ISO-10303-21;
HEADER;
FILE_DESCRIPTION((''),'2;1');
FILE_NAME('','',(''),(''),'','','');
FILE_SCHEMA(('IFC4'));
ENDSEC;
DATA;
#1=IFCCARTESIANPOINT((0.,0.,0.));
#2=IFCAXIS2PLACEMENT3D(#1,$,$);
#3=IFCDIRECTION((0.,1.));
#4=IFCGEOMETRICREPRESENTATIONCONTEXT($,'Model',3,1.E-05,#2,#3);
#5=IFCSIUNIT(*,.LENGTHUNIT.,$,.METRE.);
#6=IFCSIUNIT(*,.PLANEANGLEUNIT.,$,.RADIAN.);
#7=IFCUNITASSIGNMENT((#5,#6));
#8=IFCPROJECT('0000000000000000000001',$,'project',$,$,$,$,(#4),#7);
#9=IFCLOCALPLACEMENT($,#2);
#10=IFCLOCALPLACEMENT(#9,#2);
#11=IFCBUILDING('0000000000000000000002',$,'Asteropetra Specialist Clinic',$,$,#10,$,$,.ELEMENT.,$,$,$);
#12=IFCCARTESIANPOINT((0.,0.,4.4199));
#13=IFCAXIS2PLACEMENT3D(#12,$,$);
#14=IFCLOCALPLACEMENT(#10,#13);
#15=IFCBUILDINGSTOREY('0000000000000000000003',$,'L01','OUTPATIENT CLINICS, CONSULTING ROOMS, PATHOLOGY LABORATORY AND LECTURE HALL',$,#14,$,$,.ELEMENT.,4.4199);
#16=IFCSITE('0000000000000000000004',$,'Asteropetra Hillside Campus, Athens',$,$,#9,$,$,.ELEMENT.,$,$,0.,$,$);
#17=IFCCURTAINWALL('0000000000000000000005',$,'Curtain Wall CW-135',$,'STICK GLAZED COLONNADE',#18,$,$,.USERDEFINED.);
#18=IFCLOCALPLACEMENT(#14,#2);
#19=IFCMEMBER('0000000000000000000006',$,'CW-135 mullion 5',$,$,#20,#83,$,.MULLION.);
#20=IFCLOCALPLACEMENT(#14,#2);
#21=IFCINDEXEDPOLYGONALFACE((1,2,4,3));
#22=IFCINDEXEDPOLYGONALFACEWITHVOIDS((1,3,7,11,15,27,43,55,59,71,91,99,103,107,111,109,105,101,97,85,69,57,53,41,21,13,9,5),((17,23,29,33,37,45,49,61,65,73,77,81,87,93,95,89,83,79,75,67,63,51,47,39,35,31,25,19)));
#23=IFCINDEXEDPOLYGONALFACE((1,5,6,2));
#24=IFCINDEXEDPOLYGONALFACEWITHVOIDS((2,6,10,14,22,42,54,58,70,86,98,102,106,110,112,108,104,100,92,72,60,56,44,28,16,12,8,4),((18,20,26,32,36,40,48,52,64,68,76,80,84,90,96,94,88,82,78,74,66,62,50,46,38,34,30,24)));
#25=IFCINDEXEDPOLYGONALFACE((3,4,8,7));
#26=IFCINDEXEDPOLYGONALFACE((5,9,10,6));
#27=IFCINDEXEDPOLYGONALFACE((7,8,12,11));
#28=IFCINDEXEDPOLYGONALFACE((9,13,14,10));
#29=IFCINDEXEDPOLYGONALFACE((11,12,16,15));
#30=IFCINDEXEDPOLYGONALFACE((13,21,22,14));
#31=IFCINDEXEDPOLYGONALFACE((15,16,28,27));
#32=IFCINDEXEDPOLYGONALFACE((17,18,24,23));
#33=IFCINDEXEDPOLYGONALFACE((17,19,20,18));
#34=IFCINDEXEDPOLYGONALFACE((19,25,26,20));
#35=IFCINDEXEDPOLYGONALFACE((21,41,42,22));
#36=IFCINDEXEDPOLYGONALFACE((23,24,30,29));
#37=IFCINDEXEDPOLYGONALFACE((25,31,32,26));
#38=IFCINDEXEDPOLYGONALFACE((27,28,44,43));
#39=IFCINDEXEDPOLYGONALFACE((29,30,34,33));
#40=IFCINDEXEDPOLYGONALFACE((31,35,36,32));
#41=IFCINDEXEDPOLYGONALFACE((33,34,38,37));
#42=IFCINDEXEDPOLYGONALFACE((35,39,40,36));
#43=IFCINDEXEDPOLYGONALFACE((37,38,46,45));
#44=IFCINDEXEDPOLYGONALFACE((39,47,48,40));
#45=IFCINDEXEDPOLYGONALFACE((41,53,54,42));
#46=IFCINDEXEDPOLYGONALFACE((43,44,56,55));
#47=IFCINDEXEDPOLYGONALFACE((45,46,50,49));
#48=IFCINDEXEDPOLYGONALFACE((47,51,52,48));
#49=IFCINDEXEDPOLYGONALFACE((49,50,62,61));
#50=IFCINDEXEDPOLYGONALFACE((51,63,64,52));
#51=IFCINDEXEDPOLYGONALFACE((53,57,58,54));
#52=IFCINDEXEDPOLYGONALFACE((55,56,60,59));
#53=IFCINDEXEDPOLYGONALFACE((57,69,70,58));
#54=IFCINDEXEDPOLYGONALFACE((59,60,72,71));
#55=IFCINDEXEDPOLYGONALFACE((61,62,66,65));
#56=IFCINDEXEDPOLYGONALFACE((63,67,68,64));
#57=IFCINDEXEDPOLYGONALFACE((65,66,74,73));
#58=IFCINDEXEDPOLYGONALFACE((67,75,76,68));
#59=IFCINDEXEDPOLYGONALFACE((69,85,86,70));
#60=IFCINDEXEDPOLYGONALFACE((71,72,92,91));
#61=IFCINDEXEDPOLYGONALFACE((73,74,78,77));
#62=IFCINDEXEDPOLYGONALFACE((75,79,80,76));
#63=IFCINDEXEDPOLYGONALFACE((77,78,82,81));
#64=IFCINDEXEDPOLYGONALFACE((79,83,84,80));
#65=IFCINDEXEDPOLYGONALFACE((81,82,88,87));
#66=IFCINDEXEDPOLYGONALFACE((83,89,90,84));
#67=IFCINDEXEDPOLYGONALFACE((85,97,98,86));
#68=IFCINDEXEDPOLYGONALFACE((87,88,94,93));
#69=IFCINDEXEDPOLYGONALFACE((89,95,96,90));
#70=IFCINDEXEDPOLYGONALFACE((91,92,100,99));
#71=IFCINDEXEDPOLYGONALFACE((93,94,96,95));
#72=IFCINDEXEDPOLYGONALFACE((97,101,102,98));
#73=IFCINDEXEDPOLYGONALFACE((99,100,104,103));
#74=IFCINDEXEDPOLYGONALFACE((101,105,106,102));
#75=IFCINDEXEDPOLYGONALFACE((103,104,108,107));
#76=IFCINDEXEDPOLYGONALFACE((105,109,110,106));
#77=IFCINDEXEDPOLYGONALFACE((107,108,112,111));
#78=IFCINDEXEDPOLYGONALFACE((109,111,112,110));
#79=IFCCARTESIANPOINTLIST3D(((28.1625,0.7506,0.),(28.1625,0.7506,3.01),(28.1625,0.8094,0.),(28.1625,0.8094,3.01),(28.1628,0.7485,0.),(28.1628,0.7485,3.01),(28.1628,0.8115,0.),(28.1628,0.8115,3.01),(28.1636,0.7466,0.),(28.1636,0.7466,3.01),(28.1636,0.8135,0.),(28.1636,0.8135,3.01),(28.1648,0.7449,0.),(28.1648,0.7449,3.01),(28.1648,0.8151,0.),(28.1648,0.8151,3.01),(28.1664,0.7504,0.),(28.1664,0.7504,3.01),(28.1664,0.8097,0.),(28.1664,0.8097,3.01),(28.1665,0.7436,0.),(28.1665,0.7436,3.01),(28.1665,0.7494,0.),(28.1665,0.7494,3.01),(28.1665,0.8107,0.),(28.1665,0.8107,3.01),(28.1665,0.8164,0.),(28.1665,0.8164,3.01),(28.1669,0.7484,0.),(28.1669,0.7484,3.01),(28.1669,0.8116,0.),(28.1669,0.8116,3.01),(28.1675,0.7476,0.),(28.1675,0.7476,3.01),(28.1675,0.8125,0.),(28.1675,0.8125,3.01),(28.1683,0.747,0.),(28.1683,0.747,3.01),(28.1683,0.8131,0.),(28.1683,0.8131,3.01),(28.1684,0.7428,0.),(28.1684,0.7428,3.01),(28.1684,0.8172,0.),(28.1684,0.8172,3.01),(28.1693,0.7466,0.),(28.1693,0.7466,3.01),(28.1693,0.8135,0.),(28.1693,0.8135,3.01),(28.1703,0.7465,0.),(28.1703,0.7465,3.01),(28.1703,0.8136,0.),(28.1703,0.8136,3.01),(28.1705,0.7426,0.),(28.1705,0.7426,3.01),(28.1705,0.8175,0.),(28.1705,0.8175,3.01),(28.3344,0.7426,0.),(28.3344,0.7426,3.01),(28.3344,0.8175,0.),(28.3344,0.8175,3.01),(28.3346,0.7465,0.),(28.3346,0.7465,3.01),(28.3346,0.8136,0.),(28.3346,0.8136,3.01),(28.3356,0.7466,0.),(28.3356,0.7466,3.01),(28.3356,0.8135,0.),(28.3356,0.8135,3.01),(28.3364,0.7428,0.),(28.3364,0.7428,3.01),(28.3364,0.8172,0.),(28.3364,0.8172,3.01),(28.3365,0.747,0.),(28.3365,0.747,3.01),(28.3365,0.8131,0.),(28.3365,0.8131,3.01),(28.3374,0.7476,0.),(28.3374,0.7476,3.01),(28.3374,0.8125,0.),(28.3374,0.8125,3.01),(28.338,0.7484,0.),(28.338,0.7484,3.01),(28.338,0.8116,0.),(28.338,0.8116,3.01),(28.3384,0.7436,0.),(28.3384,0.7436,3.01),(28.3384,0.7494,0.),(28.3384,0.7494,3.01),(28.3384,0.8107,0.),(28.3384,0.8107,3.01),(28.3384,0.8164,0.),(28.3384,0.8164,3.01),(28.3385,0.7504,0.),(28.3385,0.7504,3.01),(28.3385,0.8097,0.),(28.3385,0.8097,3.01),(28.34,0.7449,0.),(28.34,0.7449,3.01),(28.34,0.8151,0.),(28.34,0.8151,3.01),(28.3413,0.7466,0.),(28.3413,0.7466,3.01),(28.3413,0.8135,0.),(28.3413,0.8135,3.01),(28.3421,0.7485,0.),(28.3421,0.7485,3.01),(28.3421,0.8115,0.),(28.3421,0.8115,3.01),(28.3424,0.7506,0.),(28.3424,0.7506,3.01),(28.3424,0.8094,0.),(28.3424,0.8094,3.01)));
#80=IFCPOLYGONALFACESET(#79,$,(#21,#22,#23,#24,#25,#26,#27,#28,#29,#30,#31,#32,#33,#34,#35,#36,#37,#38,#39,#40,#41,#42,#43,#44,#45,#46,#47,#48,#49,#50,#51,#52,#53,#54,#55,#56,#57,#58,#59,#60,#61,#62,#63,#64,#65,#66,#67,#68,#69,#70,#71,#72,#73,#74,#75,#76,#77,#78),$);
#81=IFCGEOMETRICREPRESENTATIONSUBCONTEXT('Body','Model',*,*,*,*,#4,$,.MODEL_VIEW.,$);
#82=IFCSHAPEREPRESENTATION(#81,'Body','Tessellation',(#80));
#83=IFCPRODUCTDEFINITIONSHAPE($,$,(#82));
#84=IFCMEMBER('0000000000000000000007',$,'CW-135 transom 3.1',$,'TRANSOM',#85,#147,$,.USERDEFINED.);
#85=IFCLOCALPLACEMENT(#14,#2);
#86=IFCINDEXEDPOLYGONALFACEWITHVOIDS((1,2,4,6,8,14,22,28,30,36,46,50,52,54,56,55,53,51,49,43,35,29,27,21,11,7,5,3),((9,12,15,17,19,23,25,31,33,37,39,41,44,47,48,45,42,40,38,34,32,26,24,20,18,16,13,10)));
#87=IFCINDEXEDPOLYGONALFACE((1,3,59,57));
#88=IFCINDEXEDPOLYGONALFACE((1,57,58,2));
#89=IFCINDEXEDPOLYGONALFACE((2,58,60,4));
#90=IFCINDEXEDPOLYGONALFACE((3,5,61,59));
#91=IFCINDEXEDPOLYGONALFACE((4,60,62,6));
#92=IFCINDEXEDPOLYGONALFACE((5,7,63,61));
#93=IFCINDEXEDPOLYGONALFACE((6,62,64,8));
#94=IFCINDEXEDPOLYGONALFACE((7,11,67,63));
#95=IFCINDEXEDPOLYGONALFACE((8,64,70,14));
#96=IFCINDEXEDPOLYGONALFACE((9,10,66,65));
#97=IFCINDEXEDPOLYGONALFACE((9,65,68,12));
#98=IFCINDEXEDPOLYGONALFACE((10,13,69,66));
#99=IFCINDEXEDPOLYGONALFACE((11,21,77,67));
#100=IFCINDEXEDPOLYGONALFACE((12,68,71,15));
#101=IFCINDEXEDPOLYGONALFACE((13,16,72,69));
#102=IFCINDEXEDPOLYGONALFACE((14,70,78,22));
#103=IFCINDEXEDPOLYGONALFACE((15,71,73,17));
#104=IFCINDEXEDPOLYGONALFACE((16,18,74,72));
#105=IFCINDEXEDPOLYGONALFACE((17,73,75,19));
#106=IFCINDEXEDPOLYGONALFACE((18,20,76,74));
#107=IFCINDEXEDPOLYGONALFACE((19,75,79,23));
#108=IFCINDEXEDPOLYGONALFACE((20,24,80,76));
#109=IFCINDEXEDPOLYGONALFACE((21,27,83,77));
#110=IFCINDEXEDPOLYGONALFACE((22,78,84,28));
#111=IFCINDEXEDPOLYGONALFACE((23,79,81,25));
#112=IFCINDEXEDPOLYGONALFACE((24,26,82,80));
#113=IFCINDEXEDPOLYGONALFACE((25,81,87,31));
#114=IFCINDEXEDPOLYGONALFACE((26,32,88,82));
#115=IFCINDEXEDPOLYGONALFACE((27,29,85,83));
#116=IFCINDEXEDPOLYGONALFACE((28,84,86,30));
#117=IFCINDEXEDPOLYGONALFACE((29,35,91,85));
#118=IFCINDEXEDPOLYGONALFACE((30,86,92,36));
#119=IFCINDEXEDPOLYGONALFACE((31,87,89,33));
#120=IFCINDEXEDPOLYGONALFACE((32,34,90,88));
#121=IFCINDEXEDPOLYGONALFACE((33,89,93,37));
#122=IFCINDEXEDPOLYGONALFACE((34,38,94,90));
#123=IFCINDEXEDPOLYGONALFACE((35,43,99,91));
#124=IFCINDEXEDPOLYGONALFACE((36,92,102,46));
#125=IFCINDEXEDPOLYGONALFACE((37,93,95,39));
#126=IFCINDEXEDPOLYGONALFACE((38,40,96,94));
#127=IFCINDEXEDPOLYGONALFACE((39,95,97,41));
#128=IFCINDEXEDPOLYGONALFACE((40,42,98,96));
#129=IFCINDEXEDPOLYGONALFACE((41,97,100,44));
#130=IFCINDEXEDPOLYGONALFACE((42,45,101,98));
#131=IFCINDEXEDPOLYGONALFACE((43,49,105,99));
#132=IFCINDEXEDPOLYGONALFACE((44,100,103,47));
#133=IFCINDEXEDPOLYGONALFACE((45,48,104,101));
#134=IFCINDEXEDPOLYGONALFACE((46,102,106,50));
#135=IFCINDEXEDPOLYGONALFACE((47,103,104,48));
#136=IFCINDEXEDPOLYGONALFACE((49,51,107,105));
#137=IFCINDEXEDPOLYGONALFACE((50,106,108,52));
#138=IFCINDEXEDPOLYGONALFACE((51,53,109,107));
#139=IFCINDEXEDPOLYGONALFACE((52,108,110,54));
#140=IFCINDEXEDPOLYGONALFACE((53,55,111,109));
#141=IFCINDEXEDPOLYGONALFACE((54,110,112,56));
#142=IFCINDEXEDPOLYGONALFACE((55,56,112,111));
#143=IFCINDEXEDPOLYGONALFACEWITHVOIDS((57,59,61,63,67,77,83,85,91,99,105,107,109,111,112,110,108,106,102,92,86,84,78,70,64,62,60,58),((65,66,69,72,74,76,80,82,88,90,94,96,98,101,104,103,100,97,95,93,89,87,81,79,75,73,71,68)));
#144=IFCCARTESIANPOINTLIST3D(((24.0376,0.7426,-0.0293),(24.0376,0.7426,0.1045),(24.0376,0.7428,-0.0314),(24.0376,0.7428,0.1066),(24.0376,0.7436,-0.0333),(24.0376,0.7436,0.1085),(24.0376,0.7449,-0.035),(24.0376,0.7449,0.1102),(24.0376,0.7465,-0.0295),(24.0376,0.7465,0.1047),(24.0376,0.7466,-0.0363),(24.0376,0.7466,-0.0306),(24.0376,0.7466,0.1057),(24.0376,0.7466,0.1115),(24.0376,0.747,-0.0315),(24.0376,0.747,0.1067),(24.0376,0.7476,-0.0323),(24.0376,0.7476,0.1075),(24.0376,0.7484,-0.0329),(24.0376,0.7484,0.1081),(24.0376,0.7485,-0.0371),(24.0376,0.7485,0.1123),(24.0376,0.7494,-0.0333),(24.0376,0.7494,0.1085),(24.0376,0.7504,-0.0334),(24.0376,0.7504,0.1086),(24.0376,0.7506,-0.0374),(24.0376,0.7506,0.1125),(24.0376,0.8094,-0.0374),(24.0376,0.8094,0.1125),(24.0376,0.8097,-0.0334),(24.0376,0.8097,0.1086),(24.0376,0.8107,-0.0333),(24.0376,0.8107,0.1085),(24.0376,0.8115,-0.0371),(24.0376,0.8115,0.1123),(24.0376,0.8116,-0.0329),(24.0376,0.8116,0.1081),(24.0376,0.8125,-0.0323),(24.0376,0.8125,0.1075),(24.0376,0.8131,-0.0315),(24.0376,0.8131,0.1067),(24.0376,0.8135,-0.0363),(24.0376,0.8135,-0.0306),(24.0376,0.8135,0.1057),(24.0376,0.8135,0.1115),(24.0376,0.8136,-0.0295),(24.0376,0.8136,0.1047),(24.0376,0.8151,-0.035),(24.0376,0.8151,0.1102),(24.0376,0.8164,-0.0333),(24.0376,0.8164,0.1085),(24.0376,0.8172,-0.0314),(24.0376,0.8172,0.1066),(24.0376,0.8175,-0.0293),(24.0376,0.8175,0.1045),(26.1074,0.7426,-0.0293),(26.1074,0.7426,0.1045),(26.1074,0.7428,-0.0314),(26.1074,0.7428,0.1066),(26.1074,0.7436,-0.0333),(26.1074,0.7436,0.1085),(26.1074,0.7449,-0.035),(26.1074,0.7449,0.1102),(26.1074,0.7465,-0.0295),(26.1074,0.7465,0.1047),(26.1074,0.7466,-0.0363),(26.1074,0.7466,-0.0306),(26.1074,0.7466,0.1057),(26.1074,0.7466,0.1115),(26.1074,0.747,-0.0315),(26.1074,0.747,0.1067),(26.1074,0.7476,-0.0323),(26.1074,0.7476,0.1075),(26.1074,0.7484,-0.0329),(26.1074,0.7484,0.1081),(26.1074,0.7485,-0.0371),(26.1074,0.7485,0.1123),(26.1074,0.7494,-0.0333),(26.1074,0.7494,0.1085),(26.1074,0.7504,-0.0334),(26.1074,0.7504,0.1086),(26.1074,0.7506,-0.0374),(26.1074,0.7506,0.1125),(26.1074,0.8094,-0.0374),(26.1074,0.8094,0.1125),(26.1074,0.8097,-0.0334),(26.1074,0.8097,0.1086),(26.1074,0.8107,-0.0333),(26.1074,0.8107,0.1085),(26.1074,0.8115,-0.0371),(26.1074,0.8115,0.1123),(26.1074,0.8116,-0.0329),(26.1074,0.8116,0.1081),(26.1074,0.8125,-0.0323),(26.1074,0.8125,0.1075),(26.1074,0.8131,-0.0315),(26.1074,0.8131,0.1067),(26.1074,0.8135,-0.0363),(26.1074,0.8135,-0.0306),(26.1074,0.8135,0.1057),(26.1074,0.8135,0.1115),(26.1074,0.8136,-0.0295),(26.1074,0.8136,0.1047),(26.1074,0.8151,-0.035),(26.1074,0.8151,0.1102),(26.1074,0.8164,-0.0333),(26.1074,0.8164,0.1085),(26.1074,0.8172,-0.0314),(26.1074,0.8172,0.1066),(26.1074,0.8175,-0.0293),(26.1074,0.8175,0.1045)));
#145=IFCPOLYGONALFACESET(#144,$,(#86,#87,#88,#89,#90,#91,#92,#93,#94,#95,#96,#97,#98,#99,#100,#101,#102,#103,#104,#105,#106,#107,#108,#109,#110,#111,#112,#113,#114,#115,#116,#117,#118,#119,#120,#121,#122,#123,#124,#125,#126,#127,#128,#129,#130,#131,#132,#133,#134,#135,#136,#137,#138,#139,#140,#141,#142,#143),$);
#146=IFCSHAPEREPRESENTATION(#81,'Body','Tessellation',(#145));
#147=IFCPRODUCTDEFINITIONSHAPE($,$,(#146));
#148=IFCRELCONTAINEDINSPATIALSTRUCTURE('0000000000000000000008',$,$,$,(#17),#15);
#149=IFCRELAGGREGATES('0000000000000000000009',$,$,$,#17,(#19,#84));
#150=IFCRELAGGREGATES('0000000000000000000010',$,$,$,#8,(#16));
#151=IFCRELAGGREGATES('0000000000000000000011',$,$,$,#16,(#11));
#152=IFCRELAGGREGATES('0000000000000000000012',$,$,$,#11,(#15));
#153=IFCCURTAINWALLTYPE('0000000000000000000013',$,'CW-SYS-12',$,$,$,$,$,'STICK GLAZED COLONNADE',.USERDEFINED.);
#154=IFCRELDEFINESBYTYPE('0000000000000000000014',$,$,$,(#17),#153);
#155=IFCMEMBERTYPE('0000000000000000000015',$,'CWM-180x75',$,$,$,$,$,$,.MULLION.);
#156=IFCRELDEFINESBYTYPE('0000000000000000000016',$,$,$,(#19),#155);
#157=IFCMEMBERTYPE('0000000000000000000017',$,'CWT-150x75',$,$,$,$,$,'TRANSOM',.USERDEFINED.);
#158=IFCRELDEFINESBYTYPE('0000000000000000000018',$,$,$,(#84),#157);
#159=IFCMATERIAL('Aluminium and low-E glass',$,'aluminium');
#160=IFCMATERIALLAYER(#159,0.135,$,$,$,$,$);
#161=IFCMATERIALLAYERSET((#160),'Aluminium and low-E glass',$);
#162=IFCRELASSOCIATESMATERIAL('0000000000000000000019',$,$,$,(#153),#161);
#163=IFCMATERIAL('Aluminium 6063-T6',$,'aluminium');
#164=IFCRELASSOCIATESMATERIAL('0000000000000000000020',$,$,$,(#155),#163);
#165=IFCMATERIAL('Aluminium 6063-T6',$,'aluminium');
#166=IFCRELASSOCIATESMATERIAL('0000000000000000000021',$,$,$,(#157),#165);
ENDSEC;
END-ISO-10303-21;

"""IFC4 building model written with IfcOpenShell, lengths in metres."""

from ifc_helpers import new_model, si_unit, direction, frame, origin, origin_2d, place, context, subcontext, project, spatial, hollow_rectangle, extrude, material, layer, layer_set, material_profile, profile_set, type_object, element, aggregate, save


model = new_model("IFC4")

# Units and contexts
model_context = context("Model", 3, precision=1e-05, world=origin(), true_north=direction((0.0, 1.0)))
body_context = subcontext(model_context, "Body", "Model", "MODEL_VIEW")
ifc_project = project(units=[si_unit("LENGTHUNIT", "METRE"), si_unit("PLANEANGLEUNIT", "RADIAN")], contexts=[model_context])

# Site, building, storey
site_placement = place(None, origin())
site = spatial("IfcSite", under=ifc_project, at=site_placement, Name="Asteropetra Hillside Campus, Athens", CompositionType="ELEMENT", RefElevation=0.0)
building_placement = place(site_placement, origin())
building = spatial("IfcBuilding", under=site, at=building_placement, Name="Asteropetra Specialist Clinic", CompositionType="ELEMENT")
storey_placement = place(building_placement, frame((0.0, 0.0, 4.4199)))
storey = spatial("IfcBuildingStorey", under=building, at=storey_placement, Name="L01", Description="OUTPATIENT CLINICS, CONSULTING ROOMS, PATHOLOGY LABORATORY AND LECTURE HALL", CompositionType="ELEMENT", Elevation=4.4199)

# Curtain wall, members
ifc_material_1 = material(Name="Aluminium and low-E glass", Category="aluminium")
ifc_layer_1 = layer(ifc_material_1, 0.135)
ifc_layer_set_1 = layer_set([ifc_layer_1], Name="Aluminium and low-E glass")
curtain_wall_type = type_object("IfcCurtainWallType", Name="CW-SYS-12", ElementType="STICK GLAZED COLONNADE", PredefinedType="USERDEFINED", material=ifc_layer_set_1)
curtain_wall_placement = place(storey_placement, origin())
curtain_wall = element("IfcCurtainWall", 1, at=curtain_wall_placement, inside=storey, type_object=curtain_wall_type, Name="Curtain Wall CW-135", ObjectType="STICK GLAZED COLONNADE", PredefinedType="USERDEFINED")
ifc_material_2 = material(Name="Aluminium 6063-T6", Category="aluminium")
ifc_material_profile_1 = material_profile(ifc_material_2, hollow_rectangle(XDim=0.075, YDim=0.1799, WallThickness=0.0039, InnerFilletRadius=0.0039, OuterFilletRadius=0.0081, at=origin_2d()), Name="MUL 180x75x4.0")
ifc_profile_set_1 = profile_set([ifc_material_profile_1], Name="Aluminium 6063-T6")
member_type_1 = type_object("IfcMemberType", Name="CWM-180x75", PredefinedType="MULLION", material=ifc_profile_set_1)
member_1_placement = place(storey_placement, frame((28.2524, 0.78, 0.0), z_axis=(0.0, 0.0, 1.0), x_axis=(0.0, 1.0, 0.0)))
member_1 = element("IfcMember", 2, at=member_1_placement, type_object=member_type_1, Name="CW-135 mullion 5", PredefinedType="MULLION", context=body_context, shape_type="SweptSolid", body=[
    extrude(hollow_rectangle(XDim=0.075, YDim=0.1799, WallThickness=0.0039, InnerFilletRadius=0.0039, OuterFilletRadius=0.0081, at=origin_2d()), origin(), (0.0, 0.0, 1.0), 3.01),
])
ifc_material_3 = material(Name="Aluminium 6063-T6", Category="aluminium")
ifc_material_profile_2 = material_profile(ifc_material_3, hollow_rectangle(XDim=0.075, YDim=0.1499, WallThickness=0.0039, InnerFilletRadius=0.0039, OuterFilletRadius=0.0081, at=origin_2d()), Name="TRN 150x75x4.0")
ifc_profile_set_2 = profile_set([ifc_material_profile_2], Name="Aluminium 6063-T6")
member_type_2 = type_object("IfcMemberType", Name="CWT-150x75", ElementType="TRANSOM", PredefinedType="USERDEFINED", material=ifc_profile_set_2)
member_2_placement = place(storey_placement, frame((24.0376, 0.78, 0.0376), z_axis=(1.0, 0.0, 0.0), x_axis=(0.0, 1.0, 0.0)))
member_2 = element("IfcMember", 3, at=member_2_placement, type_object=member_type_2, Name="CW-135 transom 3.1", ObjectType="TRANSOM", PredefinedType="USERDEFINED", context=body_context, shape_type="SweptSolid", body=[
    extrude(hollow_rectangle(XDim=0.075, YDim=0.1499, WallThickness=0.0039, InnerFilletRadius=0.0039, OuterFilletRadius=0.0081, at=origin_2d()), origin(), (0.0, 0.0, 1.0), 2.0698),
])

aggregate(curtain_wall, [member_1, member_2])

save(model, "model.ifc")
